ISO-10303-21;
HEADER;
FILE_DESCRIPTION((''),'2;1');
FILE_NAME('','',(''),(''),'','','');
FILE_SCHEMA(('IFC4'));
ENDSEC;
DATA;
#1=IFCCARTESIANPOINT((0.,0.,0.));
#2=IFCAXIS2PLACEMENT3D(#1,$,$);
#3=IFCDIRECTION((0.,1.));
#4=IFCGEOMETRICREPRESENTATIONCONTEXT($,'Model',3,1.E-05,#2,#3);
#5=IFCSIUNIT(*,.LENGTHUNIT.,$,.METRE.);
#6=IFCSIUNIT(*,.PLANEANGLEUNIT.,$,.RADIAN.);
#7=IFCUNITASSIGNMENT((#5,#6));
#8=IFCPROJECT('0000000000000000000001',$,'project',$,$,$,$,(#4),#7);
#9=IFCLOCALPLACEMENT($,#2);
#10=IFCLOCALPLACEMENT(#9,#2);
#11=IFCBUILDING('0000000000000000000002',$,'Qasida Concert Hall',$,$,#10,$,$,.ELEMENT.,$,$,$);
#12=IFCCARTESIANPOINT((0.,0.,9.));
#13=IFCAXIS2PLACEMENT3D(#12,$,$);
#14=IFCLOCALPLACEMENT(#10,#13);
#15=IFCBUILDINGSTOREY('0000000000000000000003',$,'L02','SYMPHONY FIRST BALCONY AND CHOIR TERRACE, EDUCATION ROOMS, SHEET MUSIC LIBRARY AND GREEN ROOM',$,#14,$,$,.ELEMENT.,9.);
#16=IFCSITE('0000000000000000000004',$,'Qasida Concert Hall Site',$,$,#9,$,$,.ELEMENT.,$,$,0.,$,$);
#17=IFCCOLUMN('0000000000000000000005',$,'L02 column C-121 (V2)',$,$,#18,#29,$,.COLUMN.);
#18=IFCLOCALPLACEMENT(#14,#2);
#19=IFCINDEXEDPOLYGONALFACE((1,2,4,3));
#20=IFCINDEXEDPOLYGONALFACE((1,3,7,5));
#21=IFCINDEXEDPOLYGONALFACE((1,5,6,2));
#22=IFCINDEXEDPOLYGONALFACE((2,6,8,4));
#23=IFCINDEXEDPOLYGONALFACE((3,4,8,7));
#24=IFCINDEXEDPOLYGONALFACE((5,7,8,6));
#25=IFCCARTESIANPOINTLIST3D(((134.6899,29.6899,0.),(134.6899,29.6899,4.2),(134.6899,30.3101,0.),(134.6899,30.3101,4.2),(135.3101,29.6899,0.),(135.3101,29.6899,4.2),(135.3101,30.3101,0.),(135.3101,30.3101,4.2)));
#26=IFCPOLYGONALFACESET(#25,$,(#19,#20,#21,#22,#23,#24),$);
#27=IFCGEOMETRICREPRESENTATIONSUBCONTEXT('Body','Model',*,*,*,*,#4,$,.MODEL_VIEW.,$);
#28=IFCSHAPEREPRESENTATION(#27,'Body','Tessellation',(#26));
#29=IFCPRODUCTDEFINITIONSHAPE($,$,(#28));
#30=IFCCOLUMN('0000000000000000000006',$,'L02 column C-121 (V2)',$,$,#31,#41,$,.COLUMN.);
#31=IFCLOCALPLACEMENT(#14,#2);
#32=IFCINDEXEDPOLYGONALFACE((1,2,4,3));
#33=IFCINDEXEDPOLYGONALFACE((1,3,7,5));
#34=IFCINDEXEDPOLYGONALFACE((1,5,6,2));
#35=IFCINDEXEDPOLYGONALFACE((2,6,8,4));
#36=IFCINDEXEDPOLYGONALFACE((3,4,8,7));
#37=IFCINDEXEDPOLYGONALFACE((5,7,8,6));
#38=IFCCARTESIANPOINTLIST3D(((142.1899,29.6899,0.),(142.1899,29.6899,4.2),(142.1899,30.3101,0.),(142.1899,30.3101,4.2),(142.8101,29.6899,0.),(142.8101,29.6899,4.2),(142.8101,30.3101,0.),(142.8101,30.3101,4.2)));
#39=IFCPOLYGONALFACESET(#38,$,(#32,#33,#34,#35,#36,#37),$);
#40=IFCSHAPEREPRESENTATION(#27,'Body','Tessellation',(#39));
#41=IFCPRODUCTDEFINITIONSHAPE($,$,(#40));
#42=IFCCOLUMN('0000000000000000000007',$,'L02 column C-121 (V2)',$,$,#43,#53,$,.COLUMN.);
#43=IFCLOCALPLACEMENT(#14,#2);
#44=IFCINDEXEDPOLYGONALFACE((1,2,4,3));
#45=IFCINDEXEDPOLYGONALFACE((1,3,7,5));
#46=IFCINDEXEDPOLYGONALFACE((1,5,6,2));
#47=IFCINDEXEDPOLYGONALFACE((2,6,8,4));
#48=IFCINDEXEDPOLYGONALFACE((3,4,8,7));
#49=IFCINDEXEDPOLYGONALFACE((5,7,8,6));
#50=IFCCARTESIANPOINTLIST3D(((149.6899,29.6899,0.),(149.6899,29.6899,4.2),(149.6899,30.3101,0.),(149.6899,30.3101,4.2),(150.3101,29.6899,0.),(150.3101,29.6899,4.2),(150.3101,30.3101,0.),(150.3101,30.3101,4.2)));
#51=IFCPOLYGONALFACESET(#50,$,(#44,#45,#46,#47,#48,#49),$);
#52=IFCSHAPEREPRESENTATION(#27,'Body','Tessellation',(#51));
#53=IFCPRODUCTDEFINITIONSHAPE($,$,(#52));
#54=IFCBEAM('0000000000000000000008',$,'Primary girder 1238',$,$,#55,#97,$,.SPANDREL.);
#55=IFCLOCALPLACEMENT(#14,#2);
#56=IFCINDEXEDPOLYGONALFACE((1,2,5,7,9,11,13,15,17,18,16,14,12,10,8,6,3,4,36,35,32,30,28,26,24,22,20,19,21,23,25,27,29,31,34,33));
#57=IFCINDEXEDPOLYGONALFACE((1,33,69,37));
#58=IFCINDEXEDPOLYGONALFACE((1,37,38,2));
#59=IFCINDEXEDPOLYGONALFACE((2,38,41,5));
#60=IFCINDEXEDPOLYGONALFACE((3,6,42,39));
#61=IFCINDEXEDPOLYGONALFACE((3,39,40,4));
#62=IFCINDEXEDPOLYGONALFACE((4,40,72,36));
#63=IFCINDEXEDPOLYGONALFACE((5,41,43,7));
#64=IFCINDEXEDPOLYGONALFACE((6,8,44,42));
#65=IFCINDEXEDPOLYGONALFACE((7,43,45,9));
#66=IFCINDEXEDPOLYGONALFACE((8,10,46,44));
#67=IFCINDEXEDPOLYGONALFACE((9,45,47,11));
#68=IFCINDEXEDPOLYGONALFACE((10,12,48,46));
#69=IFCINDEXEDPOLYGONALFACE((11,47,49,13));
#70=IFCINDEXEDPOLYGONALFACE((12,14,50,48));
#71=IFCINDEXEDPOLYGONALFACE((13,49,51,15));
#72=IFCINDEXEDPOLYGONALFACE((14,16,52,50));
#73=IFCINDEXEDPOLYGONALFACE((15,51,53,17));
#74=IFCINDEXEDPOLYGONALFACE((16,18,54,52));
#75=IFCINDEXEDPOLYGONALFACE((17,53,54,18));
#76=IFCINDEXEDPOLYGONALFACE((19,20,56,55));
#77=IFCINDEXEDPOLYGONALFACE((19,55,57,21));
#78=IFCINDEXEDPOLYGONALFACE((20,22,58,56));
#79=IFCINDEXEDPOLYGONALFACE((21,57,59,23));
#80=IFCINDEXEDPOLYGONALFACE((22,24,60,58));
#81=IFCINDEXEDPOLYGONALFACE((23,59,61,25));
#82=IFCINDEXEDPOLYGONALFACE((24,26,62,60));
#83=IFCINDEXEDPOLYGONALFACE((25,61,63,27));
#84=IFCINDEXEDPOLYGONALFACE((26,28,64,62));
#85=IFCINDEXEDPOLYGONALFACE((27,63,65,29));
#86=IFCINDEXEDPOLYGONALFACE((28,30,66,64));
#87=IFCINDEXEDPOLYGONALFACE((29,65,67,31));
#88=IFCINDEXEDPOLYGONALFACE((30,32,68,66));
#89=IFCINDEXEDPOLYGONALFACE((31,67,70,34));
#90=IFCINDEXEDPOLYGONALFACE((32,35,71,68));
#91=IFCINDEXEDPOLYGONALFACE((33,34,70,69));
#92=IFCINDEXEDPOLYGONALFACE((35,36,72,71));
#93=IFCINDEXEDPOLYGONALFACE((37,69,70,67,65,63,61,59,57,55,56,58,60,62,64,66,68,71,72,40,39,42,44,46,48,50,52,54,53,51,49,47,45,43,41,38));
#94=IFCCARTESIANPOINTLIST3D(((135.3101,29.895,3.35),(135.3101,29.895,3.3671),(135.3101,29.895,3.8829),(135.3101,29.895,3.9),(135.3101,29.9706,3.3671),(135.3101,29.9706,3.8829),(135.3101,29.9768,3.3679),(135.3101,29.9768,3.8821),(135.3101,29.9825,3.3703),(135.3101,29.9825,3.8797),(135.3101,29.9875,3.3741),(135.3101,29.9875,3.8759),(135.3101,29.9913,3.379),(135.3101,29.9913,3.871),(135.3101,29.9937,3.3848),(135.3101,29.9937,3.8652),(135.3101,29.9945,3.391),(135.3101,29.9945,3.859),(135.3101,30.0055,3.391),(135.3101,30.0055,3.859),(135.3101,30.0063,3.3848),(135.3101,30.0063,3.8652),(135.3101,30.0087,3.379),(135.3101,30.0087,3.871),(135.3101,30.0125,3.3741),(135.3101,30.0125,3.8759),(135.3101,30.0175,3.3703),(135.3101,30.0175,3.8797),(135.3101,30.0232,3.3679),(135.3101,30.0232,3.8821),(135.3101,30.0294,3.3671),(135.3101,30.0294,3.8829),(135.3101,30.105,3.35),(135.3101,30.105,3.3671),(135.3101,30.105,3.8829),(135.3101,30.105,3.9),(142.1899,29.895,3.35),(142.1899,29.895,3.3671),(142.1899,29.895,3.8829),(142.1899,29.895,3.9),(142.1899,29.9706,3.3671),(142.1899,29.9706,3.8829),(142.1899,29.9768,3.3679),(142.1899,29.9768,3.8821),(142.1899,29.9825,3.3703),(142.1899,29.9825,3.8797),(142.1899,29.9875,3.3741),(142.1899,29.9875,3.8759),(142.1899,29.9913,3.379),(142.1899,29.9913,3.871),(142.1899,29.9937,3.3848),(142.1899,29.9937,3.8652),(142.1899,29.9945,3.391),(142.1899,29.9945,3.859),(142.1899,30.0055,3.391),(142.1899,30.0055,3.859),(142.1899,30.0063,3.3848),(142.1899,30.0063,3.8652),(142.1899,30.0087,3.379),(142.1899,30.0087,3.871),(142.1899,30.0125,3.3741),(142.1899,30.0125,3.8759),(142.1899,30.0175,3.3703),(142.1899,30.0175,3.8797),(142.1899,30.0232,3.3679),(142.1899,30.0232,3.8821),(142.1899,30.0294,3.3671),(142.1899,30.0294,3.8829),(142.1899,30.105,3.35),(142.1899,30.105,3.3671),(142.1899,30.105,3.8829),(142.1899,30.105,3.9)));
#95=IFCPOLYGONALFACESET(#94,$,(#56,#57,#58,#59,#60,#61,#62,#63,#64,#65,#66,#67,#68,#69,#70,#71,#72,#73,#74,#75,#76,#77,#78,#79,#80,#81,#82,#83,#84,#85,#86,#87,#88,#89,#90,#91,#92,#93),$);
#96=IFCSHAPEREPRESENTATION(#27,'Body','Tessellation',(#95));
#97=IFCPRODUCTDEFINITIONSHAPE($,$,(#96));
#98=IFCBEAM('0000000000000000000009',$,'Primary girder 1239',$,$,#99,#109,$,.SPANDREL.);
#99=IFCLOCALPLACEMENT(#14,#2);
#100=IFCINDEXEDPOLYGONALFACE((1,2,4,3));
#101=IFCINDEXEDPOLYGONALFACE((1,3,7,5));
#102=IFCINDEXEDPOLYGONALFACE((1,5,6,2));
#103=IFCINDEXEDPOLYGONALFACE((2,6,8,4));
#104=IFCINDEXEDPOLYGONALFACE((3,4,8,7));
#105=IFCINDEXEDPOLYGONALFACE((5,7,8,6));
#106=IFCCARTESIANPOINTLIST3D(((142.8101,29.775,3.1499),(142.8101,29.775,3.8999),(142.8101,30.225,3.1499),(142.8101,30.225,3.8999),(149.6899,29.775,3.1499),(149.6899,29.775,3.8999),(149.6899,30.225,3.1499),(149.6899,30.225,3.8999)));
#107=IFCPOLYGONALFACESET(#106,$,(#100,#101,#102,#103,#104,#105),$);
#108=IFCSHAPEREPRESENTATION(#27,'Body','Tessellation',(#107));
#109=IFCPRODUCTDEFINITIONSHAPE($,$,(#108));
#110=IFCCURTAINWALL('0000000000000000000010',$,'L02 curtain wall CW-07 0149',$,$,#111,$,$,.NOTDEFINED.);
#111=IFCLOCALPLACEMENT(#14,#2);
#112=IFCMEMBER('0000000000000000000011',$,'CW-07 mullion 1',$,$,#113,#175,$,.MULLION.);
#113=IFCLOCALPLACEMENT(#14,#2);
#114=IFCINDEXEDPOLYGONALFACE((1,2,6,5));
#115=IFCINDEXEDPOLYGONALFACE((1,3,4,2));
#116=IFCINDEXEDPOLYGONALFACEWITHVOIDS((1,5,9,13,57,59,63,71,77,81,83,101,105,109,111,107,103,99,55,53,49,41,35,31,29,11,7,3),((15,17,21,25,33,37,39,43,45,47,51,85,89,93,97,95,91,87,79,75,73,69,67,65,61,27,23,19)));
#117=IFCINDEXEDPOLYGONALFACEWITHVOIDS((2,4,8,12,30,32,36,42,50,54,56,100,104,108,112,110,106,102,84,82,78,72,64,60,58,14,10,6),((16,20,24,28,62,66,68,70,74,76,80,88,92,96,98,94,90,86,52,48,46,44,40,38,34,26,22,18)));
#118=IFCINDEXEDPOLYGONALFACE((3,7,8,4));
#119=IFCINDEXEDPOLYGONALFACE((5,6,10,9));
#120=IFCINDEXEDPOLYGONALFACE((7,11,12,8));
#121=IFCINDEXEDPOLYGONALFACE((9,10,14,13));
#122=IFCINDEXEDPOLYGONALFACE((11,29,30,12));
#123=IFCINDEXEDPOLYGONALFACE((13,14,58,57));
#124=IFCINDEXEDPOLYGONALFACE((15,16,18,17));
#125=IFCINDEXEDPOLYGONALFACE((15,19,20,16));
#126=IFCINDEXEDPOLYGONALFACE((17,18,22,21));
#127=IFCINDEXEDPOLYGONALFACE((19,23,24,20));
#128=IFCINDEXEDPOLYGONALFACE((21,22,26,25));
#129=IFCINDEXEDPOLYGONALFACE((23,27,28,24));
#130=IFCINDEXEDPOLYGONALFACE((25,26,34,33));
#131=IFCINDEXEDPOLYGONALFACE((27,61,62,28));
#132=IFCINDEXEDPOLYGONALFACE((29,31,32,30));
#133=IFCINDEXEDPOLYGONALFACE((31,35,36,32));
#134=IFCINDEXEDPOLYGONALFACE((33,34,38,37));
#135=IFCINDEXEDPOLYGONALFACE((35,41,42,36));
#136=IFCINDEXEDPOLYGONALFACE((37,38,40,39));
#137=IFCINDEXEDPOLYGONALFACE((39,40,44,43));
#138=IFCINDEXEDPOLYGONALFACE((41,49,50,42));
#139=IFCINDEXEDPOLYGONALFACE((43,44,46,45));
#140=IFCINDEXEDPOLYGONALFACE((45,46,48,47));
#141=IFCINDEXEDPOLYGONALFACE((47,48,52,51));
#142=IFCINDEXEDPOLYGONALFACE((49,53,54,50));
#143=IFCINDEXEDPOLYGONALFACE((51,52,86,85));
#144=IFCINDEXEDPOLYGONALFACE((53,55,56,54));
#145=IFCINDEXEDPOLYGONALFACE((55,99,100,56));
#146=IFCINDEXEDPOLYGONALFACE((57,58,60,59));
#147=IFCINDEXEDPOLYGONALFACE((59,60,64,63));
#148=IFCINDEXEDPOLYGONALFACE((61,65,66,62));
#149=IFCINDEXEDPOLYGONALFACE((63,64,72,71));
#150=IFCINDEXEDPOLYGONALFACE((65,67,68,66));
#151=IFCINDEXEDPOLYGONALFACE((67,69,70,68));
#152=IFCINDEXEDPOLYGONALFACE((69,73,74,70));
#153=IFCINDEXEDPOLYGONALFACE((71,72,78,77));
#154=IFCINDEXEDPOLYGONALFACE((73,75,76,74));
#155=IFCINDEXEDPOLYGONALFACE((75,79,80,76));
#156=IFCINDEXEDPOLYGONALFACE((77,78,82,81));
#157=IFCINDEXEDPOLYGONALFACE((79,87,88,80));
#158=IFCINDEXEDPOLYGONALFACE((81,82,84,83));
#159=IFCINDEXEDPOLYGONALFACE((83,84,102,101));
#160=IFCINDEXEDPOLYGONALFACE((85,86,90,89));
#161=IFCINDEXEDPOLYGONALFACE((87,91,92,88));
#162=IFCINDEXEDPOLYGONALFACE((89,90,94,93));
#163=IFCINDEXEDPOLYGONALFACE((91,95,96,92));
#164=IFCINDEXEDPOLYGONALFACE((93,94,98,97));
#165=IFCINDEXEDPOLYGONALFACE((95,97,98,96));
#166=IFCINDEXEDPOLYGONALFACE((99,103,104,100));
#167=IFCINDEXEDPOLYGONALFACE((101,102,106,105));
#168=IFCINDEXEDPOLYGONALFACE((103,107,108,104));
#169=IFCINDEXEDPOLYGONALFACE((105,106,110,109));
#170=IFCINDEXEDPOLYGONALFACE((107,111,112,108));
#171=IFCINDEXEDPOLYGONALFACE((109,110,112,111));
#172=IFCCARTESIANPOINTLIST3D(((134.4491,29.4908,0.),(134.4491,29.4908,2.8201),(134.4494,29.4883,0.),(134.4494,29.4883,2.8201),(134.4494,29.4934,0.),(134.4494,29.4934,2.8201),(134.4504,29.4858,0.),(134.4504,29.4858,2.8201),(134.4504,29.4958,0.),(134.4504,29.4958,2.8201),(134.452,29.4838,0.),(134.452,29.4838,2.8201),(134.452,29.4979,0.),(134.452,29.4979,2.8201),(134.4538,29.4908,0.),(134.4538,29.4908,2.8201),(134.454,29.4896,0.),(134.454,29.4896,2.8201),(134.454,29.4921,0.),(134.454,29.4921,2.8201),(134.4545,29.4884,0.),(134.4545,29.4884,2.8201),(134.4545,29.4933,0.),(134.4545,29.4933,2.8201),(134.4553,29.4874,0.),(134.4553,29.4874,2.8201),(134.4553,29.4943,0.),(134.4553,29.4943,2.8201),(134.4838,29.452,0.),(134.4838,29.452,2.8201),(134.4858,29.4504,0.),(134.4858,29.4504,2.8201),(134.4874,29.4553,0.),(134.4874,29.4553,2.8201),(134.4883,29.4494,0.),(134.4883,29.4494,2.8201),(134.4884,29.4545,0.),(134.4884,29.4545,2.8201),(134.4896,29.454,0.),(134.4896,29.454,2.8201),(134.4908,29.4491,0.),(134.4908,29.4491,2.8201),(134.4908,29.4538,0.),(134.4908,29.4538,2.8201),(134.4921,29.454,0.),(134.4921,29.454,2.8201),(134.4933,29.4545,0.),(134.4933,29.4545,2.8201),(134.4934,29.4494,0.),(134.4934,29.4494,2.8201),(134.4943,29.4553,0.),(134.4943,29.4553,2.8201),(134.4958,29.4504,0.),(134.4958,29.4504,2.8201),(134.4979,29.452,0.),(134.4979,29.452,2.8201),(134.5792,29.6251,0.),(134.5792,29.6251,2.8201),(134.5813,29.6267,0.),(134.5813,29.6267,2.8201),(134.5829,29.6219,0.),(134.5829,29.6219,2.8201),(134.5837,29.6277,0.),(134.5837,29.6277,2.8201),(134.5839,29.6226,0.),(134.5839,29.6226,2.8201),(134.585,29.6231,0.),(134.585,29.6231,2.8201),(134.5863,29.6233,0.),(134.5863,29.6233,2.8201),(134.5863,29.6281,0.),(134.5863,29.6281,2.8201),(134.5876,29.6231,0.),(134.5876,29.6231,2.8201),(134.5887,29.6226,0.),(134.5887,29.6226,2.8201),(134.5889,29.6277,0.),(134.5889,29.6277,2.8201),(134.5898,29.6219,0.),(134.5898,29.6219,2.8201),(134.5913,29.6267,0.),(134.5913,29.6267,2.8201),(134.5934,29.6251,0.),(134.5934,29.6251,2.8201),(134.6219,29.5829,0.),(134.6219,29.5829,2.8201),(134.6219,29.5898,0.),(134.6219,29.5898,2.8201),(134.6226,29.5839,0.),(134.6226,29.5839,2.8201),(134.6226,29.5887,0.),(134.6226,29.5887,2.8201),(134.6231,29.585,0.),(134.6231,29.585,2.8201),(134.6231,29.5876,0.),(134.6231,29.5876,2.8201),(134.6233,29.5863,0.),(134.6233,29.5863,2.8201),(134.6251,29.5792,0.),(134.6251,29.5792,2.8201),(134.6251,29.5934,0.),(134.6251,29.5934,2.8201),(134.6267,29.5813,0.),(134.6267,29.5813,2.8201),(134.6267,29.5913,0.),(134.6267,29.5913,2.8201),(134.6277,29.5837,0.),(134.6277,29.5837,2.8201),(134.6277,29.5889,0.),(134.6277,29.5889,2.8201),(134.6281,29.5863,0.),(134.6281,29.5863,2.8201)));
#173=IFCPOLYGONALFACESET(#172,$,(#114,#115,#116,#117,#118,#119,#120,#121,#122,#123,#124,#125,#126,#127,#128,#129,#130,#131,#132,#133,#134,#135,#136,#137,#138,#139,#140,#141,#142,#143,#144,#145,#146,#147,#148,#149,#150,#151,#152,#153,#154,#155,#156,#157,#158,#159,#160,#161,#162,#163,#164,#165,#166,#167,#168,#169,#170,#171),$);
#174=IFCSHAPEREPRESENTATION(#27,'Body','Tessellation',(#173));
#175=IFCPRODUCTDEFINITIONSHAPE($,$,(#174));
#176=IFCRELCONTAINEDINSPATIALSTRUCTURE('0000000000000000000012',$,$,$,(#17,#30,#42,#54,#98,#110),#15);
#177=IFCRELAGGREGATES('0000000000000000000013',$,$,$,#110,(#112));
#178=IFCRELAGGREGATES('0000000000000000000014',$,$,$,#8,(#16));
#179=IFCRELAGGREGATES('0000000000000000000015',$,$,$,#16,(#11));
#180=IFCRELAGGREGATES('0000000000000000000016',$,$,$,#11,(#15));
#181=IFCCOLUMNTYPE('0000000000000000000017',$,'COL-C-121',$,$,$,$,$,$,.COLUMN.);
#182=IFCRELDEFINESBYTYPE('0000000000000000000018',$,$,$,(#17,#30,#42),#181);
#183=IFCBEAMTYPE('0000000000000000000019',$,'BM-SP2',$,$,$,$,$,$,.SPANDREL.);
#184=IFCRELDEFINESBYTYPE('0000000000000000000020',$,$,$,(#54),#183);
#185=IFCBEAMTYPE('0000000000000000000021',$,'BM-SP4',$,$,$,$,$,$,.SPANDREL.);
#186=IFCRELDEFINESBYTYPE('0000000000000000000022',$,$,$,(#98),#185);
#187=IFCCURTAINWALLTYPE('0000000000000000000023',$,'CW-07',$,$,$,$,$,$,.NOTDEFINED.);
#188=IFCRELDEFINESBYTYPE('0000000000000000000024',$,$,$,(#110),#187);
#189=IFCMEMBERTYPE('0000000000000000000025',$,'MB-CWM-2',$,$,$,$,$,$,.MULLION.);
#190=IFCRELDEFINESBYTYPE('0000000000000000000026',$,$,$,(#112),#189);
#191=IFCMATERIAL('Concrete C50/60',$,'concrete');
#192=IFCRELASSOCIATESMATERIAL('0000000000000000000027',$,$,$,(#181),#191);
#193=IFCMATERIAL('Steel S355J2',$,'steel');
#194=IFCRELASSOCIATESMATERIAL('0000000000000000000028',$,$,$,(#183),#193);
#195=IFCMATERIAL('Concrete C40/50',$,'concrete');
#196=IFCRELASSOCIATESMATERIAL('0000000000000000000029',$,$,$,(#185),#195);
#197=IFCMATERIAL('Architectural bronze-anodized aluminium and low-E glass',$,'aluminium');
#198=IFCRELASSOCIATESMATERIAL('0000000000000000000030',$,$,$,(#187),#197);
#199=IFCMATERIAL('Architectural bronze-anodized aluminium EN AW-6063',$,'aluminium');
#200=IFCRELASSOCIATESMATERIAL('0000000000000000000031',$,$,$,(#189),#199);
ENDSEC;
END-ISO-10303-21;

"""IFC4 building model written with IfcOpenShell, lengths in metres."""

from ifc_helpers import new_model, si_unit, direction, frame, origin, origin_2d, place, context, subcontext, project, spatial, rectangle, hollow_rectangle, i_section, extrude, material, material_profile, profile_set, type_object, element, aggregate, save


model = new_model("IFC4")

# Units and contexts
model_context = context("Model", 3, precision=1e-05, world=origin(), true_north=direction((0.0, 1.0)))
body_context = subcontext(model_context, "Body", "Model", "MODEL_VIEW")
ifc_project = project(units=[si_unit("LENGTHUNIT", "METRE"), si_unit("PLANEANGLEUNIT", "RADIAN")], contexts=[model_context])

# Site, building, storey
site_placement = place(None, origin())
site = spatial("IfcSite", under=ifc_project, at=site_placement, Name="Qasida Concert Hall Site", CompositionType="ELEMENT", RefElevation=0.0)
building_placement = place(site_placement, origin())
building = spatial("IfcBuilding", under=site, at=building_placement, Name="Qasida Concert Hall", CompositionType="ELEMENT")
storey_placement = place(building_placement, frame((0.0, 0.0, 9.0)))
storey = spatial("IfcBuildingStorey", under=building, at=storey_placement, Name="L02", Description="SYMPHONY FIRST BALCONY AND CHOIR TERRACE, EDUCATION ROOMS, SHEET MUSIC LIBRARY AND GREEN ROOM", CompositionType="ELEMENT", Elevation=9.0)

# Columns
ifc_material_1 = material(Name="Concrete C50/60", Category="concrete")
ifc_material_profile_1 = material_profile(ifc_material_1, rectangle(XDim=0.6201, YDim=0.6201, at=origin_2d()), Name="RC 620x620")
ifc_profile_set_1 = profile_set([ifc_material_profile_1], Name="Concrete C50/60")
column_type = type_object("IfcColumnType", Name="COL-C-121", PredefinedType="COLUMN", material=ifc_profile_set_1)
for number, where, z_axis, x_axis, name in (
    (1, (135.0, 30.0, 0.0), (0.0, 0.0, 1.0), (1.0, 0.0, 0.0), "L02 column C-121 (V2)"),
    (2, (142.5, 30.0, 0.0), (0.0, 0.0, 1.0), (1.0, 0.0, 0.0), "L02 column C-121 (V2)"),
    (3, (150.0, 30.0, 0.0), (0.0, 0.0, 1.0), (1.0, 0.0, 0.0), "L02 column C-121 (V2)"),
):
    element("IfcColumn", number, at=place(storey_placement, frame(where, z_axis=z_axis, x_axis=x_axis)), inside=storey, type_object=column_type, Name=name, PredefinedType="COLUMN", context=body_context, shape_type="SweptSolid", body=[
        extrude(rectangle(XDim=0.6201, YDim=0.6201, at=origin_2d()), origin(), (0.0, 0.0, 1.0), 4.2),
    ])

# Beams
ifc_material_2 = material(Name="Steel S355J2", Category="steel")
ifc_material_profile_2 = material_profile(ifc_material_2, i_section(OverallWidth=0.21, OverallDepth=0.55, WebThickness=0.011, FlangeThickness=0.0171, FilletRadius=0.0239, at=origin_2d()), Name="IPE 550")
ifc_profile_set_2 = profile_set([ifc_material_profile_2], Name="Steel S355J2")
beam_type_1 = type_object("IfcBeamType", Name="BM-SP2", PredefinedType="SPANDREL", material=ifc_profile_set_2)
beam_1_placement = place(storey_placement, frame((135.3101, 30.0, 3.625), z_axis=(1.0, 0.0, 0.0), x_axis=(0.0, 1.0, 0.0)))
element("IfcBeam", 4, at=beam_1_placement, inside=storey, type_object=beam_type_1, Name="Primary girder 1238", PredefinedType="SPANDREL", context=body_context, shape_type="SweptSolid", body=[
    extrude(i_section(OverallWidth=0.21, OverallDepth=0.55, WebThickness=0.011, FlangeThickness=0.0171, FilletRadius=0.0239, at=origin_2d()), origin(), (0.0, 0.0, 1.0), 6.8799),
])
ifc_material_3 = material(Name="Concrete C40/50", Category="concrete")
ifc_material_profile_3 = material_profile(ifc_material_3, rectangle(XDim=0.45, YDim=0.75, at=origin_2d()), Name="RC 450x750")
ifc_profile_set_3 = profile_set([ifc_material_profile_3], Name="Concrete C40/50")
beam_type_2 = type_object("IfcBeamType", Name="BM-SP4", PredefinedType="SPANDREL", material=ifc_profile_set_3)
beam_2_placement = place(storey_placement, frame((142.8101, 30.0, 3.5249), z_axis=(1.0, 0.0, 0.0), x_axis=(0.0, 1.0, 0.0)))
element("IfcBeam", 5, at=beam_2_placement, inside=storey, type_object=beam_type_2, Name="Primary girder 1239", PredefinedType="SPANDREL", context=body_context, shape_type="SweptSolid", body=[
    extrude(rectangle(XDim=0.45, YDim=0.75, at=origin_2d()), origin(), (0.0, 0.0, 1.0), 6.8799),
])

# Curtain wall, member
ifc_material_4 = material(Name="Architectural bronze-anodized aluminium and low-E glass", Category="aluminium")
curtain_wall_type = type_object("IfcCurtainWallType", Name="CW-07", PredefinedType="NOTDEFINED", material=ifc_material_4)
curtain_wall_placement = place(storey_placement, origin())
curtain_wall = element("IfcCurtainWall", 6, at=curtain_wall_placement, inside=storey, type_object=curtain_wall_type, Name="L02 curtain wall CW-07 0149", PredefinedType="NOTDEFINED")
ifc_material_5 = material(Name="Architectural bronze-anodized aluminium EN AW-6063", Category="aluminium")
ifc_material_profile_4 = material_profile(ifc_material_5, hollow_rectangle(XDim=0.0649, YDim=0.2, WallThickness=0.0049, InnerFilletRadius=0.0049, OuterFilletRadius=0.01, at=origin_2d()), Name="CWM 200x65x5")
ifc_profile_set_4 = profile_set([ifc_material_profile_4], Name="Architectural bronze-anodized aluminium EN AW-6063")
member_type_1 = type_object("IfcMemberType", Name="MB-CWM-2", PredefinedType="MULLION", material=ifc_profile_set_4)
member_1_placement = place(storey_placement, frame((134.5386, 29.5386, 0.0), z_axis=(0.0, 0.0, 1.0), x_axis=(0.707107, -0.707107, 0.0)))
member_1 = element("IfcMember", 7, at=member_1_placement, type_object=member_type_1, Name="CW-07 mullion 1", PredefinedType="MULLION", context=body_context, shape_type="SweptSolid", body=[
    extrude(hollow_rectangle(XDim=0.0649, YDim=0.2, WallThickness=0.0049, InnerFilletRadius=0.0049, OuterFilletRadius=0.01, at=origin_2d()), origin(), (0.0, 0.0, 1.0), 2.8201),
])
aggregate(curtain_wall, [member_1])

save(model, "model.ifc")
